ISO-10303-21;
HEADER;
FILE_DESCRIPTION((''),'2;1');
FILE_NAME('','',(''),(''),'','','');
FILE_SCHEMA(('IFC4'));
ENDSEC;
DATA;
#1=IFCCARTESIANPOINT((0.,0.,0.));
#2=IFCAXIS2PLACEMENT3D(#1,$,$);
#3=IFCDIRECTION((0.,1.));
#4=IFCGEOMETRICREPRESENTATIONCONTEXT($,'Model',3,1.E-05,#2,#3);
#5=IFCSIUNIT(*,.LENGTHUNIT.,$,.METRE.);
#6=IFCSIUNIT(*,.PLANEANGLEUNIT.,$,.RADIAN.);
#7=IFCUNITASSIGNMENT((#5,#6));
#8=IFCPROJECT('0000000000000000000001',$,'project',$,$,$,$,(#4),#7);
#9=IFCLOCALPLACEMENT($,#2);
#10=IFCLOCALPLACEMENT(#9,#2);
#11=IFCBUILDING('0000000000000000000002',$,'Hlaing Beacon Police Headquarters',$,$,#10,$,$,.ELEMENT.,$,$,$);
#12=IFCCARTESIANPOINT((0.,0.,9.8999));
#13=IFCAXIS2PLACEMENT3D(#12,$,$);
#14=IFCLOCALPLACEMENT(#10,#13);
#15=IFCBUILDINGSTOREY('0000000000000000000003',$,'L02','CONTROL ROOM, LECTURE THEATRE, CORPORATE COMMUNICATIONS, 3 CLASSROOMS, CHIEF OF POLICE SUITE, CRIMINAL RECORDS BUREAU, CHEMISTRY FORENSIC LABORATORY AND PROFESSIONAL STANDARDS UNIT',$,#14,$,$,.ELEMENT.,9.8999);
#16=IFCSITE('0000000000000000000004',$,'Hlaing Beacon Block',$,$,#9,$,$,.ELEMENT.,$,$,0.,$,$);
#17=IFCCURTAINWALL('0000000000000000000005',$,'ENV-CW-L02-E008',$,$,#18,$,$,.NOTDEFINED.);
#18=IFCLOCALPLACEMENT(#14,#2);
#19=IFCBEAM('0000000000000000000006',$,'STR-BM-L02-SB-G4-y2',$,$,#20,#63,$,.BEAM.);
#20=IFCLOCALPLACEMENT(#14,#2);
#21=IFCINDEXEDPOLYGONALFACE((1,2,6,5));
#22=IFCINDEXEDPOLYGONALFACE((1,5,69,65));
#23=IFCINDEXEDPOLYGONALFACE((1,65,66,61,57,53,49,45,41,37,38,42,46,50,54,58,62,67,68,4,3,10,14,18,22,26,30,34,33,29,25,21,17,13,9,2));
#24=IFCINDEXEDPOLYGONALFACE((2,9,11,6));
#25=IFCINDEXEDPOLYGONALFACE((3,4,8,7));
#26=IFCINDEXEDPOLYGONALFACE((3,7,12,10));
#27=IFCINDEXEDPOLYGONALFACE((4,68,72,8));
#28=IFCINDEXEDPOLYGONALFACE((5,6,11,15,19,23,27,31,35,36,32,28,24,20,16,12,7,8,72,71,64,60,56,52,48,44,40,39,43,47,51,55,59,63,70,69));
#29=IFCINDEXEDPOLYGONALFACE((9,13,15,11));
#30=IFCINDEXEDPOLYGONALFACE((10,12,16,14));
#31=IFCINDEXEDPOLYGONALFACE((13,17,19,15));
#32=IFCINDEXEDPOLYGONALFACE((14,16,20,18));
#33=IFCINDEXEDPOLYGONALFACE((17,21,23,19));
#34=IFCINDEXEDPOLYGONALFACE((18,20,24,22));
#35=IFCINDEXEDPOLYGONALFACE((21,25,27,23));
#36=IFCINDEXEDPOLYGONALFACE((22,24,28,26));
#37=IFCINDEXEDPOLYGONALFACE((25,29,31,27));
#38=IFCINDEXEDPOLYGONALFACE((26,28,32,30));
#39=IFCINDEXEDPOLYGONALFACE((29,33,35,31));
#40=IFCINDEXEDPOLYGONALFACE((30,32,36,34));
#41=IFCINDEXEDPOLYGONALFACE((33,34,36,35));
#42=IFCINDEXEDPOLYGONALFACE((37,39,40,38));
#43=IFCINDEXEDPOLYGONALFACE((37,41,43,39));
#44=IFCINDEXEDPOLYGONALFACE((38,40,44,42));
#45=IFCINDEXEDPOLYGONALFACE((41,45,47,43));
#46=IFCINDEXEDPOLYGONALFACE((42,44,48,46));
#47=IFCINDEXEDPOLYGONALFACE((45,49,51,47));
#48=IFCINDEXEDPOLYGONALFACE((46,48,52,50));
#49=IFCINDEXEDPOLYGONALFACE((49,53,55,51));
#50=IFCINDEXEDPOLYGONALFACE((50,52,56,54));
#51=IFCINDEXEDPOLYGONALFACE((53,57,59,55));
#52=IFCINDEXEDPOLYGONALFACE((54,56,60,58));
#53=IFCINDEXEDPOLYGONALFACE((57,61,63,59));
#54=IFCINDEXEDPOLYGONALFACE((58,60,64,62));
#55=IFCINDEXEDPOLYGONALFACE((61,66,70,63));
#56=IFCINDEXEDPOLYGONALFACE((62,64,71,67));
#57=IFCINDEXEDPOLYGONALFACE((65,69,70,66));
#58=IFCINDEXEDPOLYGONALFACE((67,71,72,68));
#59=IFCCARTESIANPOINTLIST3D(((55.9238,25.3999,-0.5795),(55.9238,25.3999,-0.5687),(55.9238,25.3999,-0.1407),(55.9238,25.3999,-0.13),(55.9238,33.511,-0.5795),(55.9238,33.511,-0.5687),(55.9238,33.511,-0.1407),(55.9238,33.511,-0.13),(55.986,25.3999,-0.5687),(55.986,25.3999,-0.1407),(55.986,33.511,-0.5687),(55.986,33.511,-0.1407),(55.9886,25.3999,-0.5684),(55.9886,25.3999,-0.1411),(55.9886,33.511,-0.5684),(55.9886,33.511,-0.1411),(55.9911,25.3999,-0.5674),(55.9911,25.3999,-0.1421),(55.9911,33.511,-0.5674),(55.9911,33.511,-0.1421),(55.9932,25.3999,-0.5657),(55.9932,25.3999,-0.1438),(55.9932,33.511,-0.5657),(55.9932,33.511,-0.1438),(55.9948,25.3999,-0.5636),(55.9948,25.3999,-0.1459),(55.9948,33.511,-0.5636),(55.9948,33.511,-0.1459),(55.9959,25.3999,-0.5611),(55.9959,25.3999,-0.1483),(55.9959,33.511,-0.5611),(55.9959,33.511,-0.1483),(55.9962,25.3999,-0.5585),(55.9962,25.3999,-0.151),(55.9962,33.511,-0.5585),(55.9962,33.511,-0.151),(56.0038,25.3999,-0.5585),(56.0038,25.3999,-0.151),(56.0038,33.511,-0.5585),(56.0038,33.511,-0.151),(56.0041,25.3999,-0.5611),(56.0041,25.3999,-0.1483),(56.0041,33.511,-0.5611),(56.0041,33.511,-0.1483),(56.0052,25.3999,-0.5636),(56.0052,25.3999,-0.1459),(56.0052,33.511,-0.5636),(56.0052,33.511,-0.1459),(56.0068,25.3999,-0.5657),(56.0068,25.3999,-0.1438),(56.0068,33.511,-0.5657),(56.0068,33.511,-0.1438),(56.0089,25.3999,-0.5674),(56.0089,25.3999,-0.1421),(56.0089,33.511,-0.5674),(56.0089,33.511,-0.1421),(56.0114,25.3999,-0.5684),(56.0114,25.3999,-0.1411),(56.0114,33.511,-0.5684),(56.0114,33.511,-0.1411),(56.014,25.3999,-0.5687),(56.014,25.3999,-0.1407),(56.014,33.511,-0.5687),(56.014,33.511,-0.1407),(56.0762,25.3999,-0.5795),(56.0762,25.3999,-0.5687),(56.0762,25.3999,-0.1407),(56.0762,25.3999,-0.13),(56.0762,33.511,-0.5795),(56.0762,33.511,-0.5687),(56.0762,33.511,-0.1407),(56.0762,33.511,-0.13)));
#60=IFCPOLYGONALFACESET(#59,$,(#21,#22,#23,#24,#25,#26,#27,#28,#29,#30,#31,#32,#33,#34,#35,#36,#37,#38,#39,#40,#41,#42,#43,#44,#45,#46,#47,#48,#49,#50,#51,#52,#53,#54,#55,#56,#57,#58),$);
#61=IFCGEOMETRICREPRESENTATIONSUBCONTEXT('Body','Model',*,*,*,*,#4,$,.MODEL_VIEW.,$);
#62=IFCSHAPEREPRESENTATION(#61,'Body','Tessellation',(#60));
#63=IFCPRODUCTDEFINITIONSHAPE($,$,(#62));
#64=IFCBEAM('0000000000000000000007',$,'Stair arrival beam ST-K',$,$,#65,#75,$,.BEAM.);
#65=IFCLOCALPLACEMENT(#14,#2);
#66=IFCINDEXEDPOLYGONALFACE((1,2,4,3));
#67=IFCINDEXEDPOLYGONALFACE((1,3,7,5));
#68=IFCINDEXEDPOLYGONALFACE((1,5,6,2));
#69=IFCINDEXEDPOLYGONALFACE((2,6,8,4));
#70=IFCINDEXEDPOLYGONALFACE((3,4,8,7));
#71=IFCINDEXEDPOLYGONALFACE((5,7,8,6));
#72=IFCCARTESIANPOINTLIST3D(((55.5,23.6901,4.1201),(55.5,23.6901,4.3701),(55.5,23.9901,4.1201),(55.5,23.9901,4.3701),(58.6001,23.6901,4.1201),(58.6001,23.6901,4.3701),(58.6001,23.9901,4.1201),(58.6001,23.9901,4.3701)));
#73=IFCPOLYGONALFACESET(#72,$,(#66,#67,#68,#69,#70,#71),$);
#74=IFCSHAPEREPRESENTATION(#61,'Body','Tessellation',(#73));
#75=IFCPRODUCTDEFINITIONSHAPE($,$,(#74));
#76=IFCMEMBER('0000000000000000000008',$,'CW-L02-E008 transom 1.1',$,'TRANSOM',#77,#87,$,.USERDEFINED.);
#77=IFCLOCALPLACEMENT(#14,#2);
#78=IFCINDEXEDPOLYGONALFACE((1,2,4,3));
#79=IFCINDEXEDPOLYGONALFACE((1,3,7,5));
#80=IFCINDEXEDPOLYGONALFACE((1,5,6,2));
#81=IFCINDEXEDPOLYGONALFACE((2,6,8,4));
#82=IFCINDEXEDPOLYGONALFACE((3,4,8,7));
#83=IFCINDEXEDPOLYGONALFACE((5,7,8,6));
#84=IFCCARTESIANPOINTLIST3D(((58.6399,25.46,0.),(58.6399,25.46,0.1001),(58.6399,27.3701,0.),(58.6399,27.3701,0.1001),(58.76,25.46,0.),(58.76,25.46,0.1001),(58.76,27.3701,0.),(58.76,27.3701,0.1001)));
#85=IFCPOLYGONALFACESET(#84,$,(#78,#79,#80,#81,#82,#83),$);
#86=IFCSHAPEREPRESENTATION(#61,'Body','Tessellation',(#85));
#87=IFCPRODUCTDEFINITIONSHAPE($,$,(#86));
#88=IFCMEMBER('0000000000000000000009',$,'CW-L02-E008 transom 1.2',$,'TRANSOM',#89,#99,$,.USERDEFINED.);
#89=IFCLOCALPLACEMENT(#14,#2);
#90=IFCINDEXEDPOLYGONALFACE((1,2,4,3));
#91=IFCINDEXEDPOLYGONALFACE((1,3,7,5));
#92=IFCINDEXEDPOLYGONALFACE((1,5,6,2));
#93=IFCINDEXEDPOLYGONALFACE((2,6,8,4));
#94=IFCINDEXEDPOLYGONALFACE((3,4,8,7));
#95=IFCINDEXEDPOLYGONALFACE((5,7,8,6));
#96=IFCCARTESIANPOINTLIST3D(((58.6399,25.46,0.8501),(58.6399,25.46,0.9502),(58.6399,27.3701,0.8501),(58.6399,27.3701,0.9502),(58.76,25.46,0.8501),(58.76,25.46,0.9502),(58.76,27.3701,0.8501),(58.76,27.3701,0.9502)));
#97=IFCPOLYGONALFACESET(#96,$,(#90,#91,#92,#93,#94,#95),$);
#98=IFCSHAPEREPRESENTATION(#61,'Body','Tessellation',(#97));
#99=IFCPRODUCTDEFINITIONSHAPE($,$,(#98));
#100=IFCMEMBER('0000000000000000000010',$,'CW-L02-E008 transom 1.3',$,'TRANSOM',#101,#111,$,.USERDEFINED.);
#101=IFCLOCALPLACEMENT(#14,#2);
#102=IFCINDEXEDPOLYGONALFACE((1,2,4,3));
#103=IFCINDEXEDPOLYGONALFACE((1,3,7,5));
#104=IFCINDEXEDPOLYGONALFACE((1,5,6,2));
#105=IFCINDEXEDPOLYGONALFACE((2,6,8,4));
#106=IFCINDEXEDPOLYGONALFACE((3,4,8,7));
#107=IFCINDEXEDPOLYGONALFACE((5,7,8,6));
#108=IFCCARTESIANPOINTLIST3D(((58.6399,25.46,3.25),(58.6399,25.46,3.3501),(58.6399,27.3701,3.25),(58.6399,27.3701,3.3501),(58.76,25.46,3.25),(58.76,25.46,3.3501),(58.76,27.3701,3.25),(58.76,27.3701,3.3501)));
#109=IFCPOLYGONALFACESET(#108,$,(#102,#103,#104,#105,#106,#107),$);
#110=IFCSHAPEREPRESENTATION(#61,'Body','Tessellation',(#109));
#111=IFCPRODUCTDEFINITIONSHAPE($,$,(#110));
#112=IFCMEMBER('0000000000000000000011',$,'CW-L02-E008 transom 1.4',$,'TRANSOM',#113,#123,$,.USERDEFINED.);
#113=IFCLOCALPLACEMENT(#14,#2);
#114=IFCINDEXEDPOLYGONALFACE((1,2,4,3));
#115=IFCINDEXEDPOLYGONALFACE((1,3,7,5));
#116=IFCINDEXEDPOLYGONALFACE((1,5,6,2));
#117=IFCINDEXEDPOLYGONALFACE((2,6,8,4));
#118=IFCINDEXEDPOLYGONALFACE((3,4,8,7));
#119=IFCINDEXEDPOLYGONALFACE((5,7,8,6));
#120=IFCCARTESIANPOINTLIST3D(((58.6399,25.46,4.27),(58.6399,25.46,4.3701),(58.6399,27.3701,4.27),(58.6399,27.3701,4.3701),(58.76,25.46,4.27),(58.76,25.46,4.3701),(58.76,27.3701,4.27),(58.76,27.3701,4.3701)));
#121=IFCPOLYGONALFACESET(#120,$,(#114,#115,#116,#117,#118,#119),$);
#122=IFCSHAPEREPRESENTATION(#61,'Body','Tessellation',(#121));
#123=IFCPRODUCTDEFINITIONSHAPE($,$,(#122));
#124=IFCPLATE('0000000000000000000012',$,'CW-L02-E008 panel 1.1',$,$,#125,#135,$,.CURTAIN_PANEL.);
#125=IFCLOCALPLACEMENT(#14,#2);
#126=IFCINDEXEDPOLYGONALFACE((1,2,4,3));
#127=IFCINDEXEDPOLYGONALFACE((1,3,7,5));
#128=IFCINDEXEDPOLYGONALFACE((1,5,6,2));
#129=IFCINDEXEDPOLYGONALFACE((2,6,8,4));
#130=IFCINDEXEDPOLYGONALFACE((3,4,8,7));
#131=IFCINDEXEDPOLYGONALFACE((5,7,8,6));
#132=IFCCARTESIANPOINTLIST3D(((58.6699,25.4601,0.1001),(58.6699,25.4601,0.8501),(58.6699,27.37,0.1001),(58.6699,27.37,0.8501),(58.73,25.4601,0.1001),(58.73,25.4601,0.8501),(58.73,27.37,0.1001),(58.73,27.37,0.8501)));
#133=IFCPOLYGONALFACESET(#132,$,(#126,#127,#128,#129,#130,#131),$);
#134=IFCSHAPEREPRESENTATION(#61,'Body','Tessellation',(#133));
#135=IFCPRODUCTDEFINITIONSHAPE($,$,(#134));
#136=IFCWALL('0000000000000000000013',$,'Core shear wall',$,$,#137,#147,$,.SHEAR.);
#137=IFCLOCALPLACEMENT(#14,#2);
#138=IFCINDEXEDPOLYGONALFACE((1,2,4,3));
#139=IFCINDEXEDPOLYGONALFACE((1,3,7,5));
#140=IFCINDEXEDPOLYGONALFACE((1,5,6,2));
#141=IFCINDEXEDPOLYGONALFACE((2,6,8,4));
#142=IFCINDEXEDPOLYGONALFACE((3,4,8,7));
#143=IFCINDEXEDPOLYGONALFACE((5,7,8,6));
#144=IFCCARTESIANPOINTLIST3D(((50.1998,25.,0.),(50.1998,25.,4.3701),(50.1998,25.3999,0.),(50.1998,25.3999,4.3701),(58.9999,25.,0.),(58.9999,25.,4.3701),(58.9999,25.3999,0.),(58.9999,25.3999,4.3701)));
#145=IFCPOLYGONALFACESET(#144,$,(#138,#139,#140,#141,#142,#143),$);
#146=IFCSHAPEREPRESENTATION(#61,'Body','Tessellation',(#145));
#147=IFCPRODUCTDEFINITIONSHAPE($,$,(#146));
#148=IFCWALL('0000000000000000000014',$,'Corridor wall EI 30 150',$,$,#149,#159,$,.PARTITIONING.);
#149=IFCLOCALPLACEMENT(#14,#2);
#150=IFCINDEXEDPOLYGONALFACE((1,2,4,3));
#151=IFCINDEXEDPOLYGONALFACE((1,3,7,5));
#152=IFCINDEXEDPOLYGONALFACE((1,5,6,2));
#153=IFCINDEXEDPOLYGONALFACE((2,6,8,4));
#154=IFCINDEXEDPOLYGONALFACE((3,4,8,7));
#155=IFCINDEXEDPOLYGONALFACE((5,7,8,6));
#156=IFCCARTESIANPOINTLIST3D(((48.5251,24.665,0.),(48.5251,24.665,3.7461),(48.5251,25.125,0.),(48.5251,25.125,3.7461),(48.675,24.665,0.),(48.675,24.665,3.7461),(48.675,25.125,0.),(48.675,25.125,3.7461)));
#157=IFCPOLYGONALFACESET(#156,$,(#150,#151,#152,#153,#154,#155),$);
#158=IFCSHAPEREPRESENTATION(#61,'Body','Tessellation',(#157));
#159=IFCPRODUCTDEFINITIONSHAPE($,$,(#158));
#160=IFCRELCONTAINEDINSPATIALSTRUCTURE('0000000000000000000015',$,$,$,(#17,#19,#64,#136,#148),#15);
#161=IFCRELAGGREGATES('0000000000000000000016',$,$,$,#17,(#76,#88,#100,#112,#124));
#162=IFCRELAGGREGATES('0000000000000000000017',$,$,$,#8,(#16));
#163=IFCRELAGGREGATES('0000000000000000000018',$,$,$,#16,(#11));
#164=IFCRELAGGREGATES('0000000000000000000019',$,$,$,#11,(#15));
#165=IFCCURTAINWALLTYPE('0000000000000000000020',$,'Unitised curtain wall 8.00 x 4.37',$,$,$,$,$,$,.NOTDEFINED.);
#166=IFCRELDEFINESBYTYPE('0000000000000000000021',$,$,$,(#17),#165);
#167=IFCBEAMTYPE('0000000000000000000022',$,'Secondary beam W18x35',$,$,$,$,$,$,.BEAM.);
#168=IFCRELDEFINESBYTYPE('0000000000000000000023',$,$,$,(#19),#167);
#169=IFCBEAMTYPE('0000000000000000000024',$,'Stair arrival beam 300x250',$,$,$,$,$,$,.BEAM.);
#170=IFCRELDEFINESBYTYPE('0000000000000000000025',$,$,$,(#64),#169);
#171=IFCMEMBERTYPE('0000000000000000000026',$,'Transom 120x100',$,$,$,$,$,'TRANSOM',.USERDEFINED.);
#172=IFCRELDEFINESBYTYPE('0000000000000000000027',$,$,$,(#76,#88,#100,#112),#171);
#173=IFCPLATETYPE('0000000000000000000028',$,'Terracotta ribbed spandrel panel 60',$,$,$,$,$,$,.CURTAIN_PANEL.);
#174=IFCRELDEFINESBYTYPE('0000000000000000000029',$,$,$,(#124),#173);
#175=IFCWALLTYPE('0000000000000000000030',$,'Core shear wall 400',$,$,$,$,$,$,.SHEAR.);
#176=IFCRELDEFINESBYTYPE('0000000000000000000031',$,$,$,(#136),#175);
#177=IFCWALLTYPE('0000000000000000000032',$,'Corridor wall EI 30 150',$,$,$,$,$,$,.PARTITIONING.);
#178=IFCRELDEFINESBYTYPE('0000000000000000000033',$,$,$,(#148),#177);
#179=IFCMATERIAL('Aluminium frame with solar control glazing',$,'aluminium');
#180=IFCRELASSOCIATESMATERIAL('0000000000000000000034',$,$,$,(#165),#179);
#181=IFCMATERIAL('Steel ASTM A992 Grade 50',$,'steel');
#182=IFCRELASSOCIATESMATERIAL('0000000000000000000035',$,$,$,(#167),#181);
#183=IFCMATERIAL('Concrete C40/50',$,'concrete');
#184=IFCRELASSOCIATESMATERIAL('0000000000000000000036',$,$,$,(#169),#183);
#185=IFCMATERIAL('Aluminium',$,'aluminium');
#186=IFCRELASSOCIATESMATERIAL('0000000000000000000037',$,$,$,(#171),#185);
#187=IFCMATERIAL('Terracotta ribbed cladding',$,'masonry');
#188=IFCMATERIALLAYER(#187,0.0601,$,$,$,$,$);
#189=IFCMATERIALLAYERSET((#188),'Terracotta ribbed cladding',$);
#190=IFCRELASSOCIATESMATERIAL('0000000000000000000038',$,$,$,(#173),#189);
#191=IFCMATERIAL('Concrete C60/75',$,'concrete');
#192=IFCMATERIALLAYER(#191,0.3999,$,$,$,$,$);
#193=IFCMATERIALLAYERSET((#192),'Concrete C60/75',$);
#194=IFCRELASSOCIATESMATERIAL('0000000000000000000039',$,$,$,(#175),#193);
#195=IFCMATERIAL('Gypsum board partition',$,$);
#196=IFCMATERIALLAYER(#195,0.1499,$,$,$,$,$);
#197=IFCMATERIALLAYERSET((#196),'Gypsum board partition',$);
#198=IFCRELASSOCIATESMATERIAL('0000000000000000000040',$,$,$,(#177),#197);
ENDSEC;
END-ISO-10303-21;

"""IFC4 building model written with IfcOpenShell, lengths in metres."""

from ifc_helpers import new_model, si_unit, direction, frame, frame_2d, origin, origin_2d, place, context, subcontext, project, spatial, rectangle, i_section, extrude, material, layer, layer_set, material_profile, profile_set, type_object, element, aggregate, save


model = new_model("IFC4")

# Units and contexts
model_context = context("Model", 3, precision=1e-05, world=origin(), true_north=direction((0.0, 1.0)))
body_context = subcontext(model_context, "Body", "Model", "MODEL_VIEW")
ifc_project = project(units=[si_unit("LENGTHUNIT", "METRE"), si_unit("PLANEANGLEUNIT", "RADIAN")], contexts=[model_context])

# Site, building, storey
site_placement = place(None, origin())
site = spatial("IfcSite", under=ifc_project, at=site_placement, Name="Hlaing Beacon Block", CompositionType="ELEMENT", RefElevation=0.0)
building_placement = place(site_placement, origin())
building = spatial("IfcBuilding", under=site, at=building_placement, Name="Hlaing Beacon Police Headquarters", CompositionType="ELEMENT")
storey_placement = place(building_placement, frame((0.0, 0.0, 9.8999)))
storey = spatial("IfcBuildingStorey", under=building, at=storey_placement, Name="L02", Description="CONTROL ROOM, LECTURE THEATRE, CORPORATE COMMUNICATIONS, 3 CLASSROOMS, CHIEF OF POLICE SUITE, CRIMINAL RECORDS BUREAU, CHEMISTRY FORENSIC LABORATORY AND PROFESSIONAL STANDARDS UNIT", CompositionType="ELEMENT", Elevation=9.8999)

# Curtain wall
ifc_material_1 = material(Name="Aluminium frame with solar control glazing", Category="aluminium")
curtain_wall_type = type_object("IfcCurtainWallType", Name="Unitised curtain wall 8.00 x 4.37", PredefinedType="NOTDEFINED", material=ifc_material_1)
curtain_wall_placement = place(storey_placement, origin())
curtain_wall = element("IfcCurtainWall", 1, at=curtain_wall_placement, inside=storey, type_object=curtain_wall_type, Name="ENV-CW-L02-E008", PredefinedType="NOTDEFINED")

# Beams
ifc_material_2 = material(Name="Steel ASTM A992 Grade 50", Category="steel")
ifc_material_profile_1 = material_profile(ifc_material_2, i_section(OverallWidth=0.1523, OverallDepth=0.4495, WebThickness=0.0076, FlangeThickness=0.0107, FilletRadius=0.0103, at=origin_2d()), Name="W18x35")
ifc_profile_set_1 = profile_set([ifc_material_profile_1], Name="Steel ASTM A992 Grade 50")
beam_type_1 = type_object("IfcBeamType", Name="Secondary beam W18x35", PredefinedType="BEAM", material=ifc_profile_set_1)
for number, where, z_axis, x_axis, name in (
    (2, (56.0, 25.3999, -0.3547), (0.0, 1.0, 0.0), (-1.0, 0.0, 0.0), "STR-BM-L02-SB-G4-y2"),
):
    element("IfcBeam", number, at=place(storey_placement, frame(where, z_axis=z_axis, x_axis=x_axis)), inside=storey, type_object=beam_type_1, Name=name, PredefinedType="BEAM", context=body_context, shape_type="SweptSolid", body=[
        extrude(i_section(OverallWidth=0.1523, OverallDepth=0.4495, WebThickness=0.0076, FlangeThickness=0.0107, FilletRadius=0.0103, at=origin_2d()), origin(), (0.0, 0.0, 1.0), 8.1111),
    ])
ifc_material_3 = material(Name="Concrete C40/50", Category="concrete")
ifc_material_profile_2 = material_profile(ifc_material_3, rectangle(XDim=0.3, YDim=0.25, at=origin_2d()), Name="Stair arrival beam 300x250")
ifc_profile_set_2 = profile_set([ifc_material_profile_2], Name="Concrete C40/50")
beam_type_2 = type_object("IfcBeamType", Name="Stair arrival beam 300x250", PredefinedType="BEAM", material=ifc_profile_set_2)
beam_1_placement = place(storey_placement, frame((58.6001, 23.8401, 4.2451), z_axis=(-1.0, 0.0, 0.0), x_axis=(0.0, -1.0, 0.0)))
element("IfcBeam", 3, at=beam_1_placement, inside=storey, type_object=beam_type_2, Name="Stair arrival beam ST-K", PredefinedType="BEAM", context=body_context, shape_type="SweptSolid", body=[
    extrude(rectangle(XDim=0.3, YDim=0.25, at=origin_2d()), origin(), (0.0, 0.0, 1.0), 3.1001),
])

# Members
ifc_material_4 = material(Name="Aluminium", Category="aluminium")
ifc_material_profile_3 = material_profile(ifc_material_4, rectangle(XDim=0.1201, YDim=0.1001, at=origin_2d()), Name="Transom 120x100")
ifc_profile_set_3 = profile_set([ifc_material_profile_3], Name="Aluminium")
member_type_1 = type_object("IfcMemberType", Name="Transom 120x100", ElementType="TRANSOM", PredefinedType="USERDEFINED", material=ifc_profile_set_3)
member_1_placement = place(storey_placement, frame((58.7, 25.46, 0.05), z_axis=(0.0, 1.0, 0.0), x_axis=(-1.0, 0.0, 0.0)))
member_1 = element("IfcMember", 4, at=member_1_placement, type_object=member_type_1, Name="CW-L02-E008 transom 1.1", ObjectType="TRANSOM", PredefinedType="USERDEFINED", context=body_context, shape_type="SweptSolid", body=[
    extrude(rectangle(XDim=0.1201, YDim=0.1001, at=origin_2d()), origin(), (0.0, 0.0, 1.0), 1.9102),
])
member_2_placement = place(storey_placement, frame((58.7, 25.46, 0.9001), z_axis=(0.0, 1.0, 0.0), x_axis=(-1.0, 0.0, 0.0)))
member_2 = element("IfcMember", 5, at=member_2_placement, type_object=member_type_1, Name="CW-L02-E008 transom 1.2", ObjectType="TRANSOM", PredefinedType="USERDEFINED", context=body_context, shape_type="SweptSolid", body=[
    extrude(rectangle(XDim=0.1201, YDim=0.1001, at=origin_2d()), origin(), (0.0, 0.0, 1.0), 1.9102),
])
member_3_placement = place(storey_placement, frame((58.7, 25.46, 3.3), z_axis=(0.0, 1.0, 0.0), x_axis=(-1.0, 0.0, 0.0)))
member_3 = element("IfcMember", 6, at=member_3_placement, type_object=member_type_1, Name="CW-L02-E008 transom 1.3", ObjectType="TRANSOM", PredefinedType="USERDEFINED", context=body_context, shape_type="SweptSolid", body=[
    extrude(rectangle(XDim=0.1201, YDim=0.1001, at=origin_2d()), origin(), (0.0, 0.0, 1.0), 1.9102),
])
member_4_placement = place(storey_placement, frame((58.7, 25.46, 4.3201), z_axis=(0.0, 1.0, 0.0), x_axis=(-1.0, 0.0, 0.0)))
member_4 = element("IfcMember", 7, at=member_4_placement, type_object=member_type_1, Name="CW-L02-E008 transom 1.4", ObjectType="TRANSOM", PredefinedType="USERDEFINED", context=body_context, shape_type="SweptSolid", body=[
    extrude(rectangle(XDim=0.1201, YDim=0.1001, at=origin_2d()), origin(), (0.0, 0.0, 1.0), 1.9102),
])

# Plate
ifc_material_5 = material(Name="Terracotta ribbed cladding", Category="masonry")
ifc_layer_1 = layer(ifc_material_5, 0.0601)
ifc_layer_set_1 = layer_set([ifc_layer_1], Name="Terracotta ribbed cladding")
plate_type = type_object("IfcPlateType", Name="Terracotta ribbed spandrel panel 60", PredefinedType="CURTAIN_PANEL", material=ifc_layer_set_1)
plate_placement = place(storey_placement, frame((58.7, 26.415, 0.1001), z_axis=(0.0, 0.0, 1.0), x_axis=(0.0, 1.0, 0.0)))
plate = element("IfcPlate", 8, at=plate_placement, type_object=plate_type, Name="CW-L02-E008 panel 1.1", PredefinedType="CURTAIN_PANEL", context=body_context, shape_type="SweptSolid", body=[
    extrude(rectangle(XDim=1.9099, YDim=0.0601, at=origin_2d()), origin(), (0.0, 0.0, 1.0), 0.75),
])
aggregate(curtain_wall, [member_1, member_2, member_3, member_4, plate])

# Walls
ifc_material_6 = material(Name="Concrete C60/75", Category="concrete")
ifc_layer_2 = layer(ifc_material_6, 0.3999)
ifc_layer_set_2 = layer_set([ifc_layer_2], Name="Concrete C60/75")
wall_type_1 = type_object("IfcWallType", Name="Core shear wall 400", PredefinedType="SHEAR", material=ifc_layer_set_2)
wall_1_placement = place(storey_placement, frame((50.2, 25.2, 0.0), z_axis=(0.0, 0.0, 1.0), x_axis=(1.0, 0.0, 0.0)))
element("IfcWall", 9, at=wall_1_placement, inside=storey, type_object=wall_type_1, Name="Core shear wall", PredefinedType="SHEAR", context=body_context, shape_type="SweptSolid", body=[
    extrude(rectangle(XDim=8.8, YDim=0.3999, at=frame_2d((4.3999, 0.0))), origin(), (0.0, 0.0, 1.0), 4.3701),
])
ifc_material_7 = material(Name="Gypsum board partition")
ifc_layer_3 = layer(ifc_material_7, 0.1499)
ifc_layer_set_3 = layer_set([ifc_layer_3], Name="Gypsum board partition")
wall_type_2 = type_object("IfcWallType", Name="Corridor wall EI 30 150", PredefinedType="PARTITIONING", material=ifc_layer_set_3)
wall_2_placement = place(storey_placement, frame((48.6001, 24.665, 0.0), z_axis=(0.0, 0.0, 1.0), x_axis=(0.0, 1.0, 0.0)))
element("IfcWall", 10, at=wall_2_placement, inside=storey, type_object=wall_type_2, Name="Corridor wall EI 30 150", PredefinedType="PARTITIONING", context=body_context, shape_type="SweptSolid", body=[
    extrude(rectangle(XDim=0.46, YDim=0.1499, at=frame_2d((0.23, 0.0))), origin(), (0.0, 0.0, 1.0), 3.7461),
])

save(model, "model.ifc")
